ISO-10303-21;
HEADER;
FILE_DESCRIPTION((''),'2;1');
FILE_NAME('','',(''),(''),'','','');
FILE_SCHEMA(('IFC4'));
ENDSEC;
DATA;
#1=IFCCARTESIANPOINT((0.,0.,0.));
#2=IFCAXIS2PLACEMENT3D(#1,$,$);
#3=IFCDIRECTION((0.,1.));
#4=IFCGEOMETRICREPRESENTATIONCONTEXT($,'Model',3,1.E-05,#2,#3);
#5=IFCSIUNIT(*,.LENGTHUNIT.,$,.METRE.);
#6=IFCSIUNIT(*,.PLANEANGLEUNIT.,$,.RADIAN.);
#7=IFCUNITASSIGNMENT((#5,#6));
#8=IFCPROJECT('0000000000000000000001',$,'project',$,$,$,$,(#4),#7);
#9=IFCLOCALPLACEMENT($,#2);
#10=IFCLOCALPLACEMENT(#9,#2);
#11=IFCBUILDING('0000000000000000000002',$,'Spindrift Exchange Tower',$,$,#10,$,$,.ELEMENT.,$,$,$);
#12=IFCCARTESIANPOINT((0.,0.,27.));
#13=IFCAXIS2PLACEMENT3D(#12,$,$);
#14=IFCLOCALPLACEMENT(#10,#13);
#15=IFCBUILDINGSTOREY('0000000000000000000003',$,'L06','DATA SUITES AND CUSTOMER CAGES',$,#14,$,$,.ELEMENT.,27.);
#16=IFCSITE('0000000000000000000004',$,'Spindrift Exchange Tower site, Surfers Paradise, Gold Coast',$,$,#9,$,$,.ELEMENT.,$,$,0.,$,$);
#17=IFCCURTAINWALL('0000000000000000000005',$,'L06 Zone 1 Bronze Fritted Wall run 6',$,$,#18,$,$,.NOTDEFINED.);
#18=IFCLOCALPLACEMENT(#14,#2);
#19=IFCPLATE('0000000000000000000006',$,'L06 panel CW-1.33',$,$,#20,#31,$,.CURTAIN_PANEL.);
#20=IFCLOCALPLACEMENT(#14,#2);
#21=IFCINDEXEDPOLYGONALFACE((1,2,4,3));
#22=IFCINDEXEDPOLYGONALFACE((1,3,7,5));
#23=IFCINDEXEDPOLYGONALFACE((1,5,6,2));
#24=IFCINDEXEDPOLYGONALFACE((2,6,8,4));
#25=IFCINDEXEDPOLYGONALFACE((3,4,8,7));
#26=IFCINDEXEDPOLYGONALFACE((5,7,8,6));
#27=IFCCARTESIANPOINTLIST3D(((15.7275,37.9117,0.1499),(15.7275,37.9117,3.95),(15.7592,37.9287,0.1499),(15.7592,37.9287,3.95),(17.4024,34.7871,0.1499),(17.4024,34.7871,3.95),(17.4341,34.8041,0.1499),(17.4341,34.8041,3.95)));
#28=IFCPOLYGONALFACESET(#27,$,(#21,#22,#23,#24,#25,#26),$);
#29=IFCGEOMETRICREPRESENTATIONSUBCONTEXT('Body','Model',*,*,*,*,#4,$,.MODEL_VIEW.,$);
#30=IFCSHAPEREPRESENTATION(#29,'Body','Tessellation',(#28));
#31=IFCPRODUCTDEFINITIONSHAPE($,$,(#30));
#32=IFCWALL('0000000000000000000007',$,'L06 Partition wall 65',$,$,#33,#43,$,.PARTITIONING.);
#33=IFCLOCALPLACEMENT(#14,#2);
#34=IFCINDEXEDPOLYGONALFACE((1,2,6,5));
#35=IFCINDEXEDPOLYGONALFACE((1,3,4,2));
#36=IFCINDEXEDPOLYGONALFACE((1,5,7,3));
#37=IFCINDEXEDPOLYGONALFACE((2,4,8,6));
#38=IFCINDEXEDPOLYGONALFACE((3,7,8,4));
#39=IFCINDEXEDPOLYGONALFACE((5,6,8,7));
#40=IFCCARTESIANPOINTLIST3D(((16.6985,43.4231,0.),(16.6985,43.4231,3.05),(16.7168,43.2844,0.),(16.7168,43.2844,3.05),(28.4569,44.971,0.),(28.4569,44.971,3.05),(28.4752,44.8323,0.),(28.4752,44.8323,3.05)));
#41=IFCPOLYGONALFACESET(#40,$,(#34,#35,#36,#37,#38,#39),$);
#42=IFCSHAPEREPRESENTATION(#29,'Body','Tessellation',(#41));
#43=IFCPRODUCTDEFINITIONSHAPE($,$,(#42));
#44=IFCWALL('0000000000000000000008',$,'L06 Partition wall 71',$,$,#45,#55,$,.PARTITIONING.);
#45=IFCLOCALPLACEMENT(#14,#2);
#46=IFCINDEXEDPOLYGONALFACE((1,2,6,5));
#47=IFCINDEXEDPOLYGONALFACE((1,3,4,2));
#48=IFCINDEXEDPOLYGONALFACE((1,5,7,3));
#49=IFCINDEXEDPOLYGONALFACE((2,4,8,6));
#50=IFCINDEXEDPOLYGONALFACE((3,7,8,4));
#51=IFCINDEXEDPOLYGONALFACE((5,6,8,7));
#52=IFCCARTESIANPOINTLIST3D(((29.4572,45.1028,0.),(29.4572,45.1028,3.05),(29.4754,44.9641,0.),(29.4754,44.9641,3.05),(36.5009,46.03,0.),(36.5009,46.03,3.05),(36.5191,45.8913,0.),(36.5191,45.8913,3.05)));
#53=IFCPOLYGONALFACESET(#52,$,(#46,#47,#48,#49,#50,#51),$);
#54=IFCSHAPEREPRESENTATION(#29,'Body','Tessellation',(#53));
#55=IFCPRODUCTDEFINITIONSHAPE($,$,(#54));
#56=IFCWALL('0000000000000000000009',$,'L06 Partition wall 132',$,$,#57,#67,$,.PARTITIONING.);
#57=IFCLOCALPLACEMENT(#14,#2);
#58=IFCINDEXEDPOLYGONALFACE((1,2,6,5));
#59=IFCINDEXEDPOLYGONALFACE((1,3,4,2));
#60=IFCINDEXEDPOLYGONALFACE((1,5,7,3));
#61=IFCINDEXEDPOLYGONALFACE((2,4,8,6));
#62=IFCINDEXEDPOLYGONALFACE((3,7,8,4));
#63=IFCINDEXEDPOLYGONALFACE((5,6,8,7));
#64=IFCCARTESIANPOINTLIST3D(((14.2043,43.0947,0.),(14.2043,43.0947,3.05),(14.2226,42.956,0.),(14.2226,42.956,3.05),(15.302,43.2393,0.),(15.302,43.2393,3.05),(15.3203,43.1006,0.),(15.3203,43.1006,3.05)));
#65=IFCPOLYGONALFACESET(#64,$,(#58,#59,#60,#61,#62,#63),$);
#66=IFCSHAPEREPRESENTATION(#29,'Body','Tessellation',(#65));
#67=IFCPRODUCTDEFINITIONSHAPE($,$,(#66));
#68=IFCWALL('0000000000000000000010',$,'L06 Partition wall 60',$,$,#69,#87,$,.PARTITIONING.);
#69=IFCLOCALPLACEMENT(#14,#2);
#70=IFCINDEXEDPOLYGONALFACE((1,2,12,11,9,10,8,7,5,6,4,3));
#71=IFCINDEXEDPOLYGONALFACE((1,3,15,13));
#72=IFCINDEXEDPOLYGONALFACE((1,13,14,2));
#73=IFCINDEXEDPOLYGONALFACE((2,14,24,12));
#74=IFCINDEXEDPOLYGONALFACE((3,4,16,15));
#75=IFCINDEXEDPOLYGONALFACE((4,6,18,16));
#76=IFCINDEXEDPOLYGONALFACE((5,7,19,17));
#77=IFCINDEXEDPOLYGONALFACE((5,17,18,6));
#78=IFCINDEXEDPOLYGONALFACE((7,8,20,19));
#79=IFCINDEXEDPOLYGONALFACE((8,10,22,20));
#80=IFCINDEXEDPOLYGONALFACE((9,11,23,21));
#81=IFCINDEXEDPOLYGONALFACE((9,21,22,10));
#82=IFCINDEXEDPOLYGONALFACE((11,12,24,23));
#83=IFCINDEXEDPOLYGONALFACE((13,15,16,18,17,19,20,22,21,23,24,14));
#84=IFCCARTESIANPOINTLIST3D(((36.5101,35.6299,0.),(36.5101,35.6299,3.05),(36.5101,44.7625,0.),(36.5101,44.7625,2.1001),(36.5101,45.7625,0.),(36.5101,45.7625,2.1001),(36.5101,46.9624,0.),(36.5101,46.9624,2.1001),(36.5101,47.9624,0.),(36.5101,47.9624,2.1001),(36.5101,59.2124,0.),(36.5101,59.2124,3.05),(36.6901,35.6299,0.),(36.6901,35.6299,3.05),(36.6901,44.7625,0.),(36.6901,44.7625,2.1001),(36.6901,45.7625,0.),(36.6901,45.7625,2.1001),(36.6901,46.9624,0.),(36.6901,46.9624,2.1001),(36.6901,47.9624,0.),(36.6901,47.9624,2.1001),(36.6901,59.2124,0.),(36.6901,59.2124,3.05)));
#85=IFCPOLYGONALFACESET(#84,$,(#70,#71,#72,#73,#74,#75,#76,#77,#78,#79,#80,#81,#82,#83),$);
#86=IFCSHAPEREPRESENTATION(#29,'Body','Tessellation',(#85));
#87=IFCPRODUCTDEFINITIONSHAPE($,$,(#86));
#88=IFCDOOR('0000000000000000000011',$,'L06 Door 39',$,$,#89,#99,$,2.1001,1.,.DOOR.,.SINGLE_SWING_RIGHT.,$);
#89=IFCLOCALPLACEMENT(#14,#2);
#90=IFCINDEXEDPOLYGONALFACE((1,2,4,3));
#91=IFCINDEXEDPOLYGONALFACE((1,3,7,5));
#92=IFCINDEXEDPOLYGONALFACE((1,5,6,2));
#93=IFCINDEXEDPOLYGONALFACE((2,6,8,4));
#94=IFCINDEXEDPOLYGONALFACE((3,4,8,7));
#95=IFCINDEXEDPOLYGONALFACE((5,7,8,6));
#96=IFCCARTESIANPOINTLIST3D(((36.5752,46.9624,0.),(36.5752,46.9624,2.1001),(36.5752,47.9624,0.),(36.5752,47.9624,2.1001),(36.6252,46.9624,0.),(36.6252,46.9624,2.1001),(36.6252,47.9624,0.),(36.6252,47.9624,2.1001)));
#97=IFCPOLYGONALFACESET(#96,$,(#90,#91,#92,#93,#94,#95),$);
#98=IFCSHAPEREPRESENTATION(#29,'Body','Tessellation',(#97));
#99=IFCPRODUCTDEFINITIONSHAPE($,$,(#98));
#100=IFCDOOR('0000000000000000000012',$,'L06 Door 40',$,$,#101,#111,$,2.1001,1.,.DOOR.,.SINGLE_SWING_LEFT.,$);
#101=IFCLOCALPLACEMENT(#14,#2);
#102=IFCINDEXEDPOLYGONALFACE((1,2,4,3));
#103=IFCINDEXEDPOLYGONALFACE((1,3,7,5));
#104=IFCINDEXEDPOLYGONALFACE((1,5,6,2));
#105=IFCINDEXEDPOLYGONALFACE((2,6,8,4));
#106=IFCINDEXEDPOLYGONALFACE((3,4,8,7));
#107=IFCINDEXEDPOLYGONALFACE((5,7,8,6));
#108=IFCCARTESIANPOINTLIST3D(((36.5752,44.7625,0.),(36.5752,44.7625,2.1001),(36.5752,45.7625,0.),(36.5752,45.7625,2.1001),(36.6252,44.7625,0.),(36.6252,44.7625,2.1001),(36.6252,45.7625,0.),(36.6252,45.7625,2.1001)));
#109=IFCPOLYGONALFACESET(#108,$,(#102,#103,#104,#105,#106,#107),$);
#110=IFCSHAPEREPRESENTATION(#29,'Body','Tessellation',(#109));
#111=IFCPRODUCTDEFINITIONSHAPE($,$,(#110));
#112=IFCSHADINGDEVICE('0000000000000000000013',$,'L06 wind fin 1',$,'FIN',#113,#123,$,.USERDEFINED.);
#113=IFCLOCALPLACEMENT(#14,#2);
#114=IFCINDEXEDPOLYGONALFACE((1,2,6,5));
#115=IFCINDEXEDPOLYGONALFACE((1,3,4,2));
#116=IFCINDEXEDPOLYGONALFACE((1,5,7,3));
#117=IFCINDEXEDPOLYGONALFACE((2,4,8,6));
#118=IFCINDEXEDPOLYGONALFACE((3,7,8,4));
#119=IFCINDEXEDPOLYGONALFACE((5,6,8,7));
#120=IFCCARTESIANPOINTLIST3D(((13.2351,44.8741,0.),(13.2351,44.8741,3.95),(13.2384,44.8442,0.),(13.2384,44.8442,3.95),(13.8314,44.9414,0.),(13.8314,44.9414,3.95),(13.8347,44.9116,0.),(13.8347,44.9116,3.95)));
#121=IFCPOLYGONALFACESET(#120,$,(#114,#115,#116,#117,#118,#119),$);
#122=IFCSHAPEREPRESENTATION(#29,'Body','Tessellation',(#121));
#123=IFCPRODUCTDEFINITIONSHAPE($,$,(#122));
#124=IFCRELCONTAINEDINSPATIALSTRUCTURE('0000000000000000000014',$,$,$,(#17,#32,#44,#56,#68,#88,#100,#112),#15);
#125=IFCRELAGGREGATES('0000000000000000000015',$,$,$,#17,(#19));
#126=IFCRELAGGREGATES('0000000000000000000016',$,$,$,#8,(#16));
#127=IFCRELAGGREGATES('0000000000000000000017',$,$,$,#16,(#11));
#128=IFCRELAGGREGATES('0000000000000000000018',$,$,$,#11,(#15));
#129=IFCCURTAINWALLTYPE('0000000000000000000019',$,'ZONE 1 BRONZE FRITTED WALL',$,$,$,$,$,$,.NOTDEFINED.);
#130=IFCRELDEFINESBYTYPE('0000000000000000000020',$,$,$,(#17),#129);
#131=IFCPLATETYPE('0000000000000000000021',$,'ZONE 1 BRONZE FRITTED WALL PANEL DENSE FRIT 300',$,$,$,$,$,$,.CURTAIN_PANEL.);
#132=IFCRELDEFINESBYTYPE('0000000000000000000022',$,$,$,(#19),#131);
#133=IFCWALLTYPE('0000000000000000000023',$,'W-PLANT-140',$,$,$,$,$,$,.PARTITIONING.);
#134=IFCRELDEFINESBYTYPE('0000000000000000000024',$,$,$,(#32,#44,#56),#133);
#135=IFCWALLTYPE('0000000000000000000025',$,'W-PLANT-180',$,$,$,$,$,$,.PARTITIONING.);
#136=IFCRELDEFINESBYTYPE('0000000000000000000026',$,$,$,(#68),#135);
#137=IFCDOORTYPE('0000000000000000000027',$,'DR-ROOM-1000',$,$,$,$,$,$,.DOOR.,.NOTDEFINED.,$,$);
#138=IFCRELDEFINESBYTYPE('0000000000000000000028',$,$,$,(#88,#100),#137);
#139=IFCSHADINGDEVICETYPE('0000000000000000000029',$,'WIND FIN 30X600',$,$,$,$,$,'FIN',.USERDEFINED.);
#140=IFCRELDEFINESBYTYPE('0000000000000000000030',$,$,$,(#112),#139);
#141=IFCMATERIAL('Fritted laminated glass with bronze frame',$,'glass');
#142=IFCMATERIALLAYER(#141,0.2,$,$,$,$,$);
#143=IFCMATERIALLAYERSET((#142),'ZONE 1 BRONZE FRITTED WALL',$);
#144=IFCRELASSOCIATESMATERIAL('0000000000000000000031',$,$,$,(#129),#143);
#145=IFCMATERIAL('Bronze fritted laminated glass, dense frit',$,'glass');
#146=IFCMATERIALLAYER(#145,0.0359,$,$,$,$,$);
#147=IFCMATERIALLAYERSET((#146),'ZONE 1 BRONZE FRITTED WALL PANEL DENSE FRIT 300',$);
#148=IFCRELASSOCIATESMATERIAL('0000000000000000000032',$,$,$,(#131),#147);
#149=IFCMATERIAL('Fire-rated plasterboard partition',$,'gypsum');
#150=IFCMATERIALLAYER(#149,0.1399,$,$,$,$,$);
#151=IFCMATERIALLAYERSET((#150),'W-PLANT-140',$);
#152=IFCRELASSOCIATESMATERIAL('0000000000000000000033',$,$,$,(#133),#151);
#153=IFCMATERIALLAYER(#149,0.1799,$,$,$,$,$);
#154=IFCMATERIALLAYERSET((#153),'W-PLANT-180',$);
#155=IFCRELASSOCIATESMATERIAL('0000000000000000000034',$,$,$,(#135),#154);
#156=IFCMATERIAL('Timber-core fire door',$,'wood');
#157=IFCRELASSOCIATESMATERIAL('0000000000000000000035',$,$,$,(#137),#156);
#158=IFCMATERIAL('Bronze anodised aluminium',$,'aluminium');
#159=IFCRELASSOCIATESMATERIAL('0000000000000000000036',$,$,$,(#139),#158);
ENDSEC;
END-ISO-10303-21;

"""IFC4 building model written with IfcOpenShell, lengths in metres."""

from ifc_helpers import new_model, si_unit, direction, frame, frame_2d, origin, origin_2d, place, context, subcontext, project, spatial, rectangle, extrude, source, transform, mapped, material, layer, layer_set, material_profile, profile_set, type_object, element, fill, aggregate, save


model = new_model("IFC4")

# Units and contexts
model_context = context("Model", 3, precision=1e-05, world=origin(), true_north=direction((0.0, 1.0)))
body_context = subcontext(model_context, "Body", "Model", "MODEL_VIEW")
ifc_project = project(units=[si_unit("LENGTHUNIT", "METRE"), si_unit("PLANEANGLEUNIT", "RADIAN")], contexts=[model_context])

# Site, building, storey
site_placement = place(None, origin())
site = spatial("IfcSite", under=ifc_project, at=site_placement, Name="Spindrift Exchange Tower site, Surfers Paradise, Gold Coast", CompositionType="ELEMENT", RefElevation=0.0)
building_placement = place(site_placement, origin())
building = spatial("IfcBuilding", under=site, at=building_placement, Name="Spindrift Exchange Tower", CompositionType="ELEMENT")
storey_placement = place(building_placement, frame((0.0, 0.0, 27.0)))
storey = spatial("IfcBuildingStorey", under=building, at=storey_placement, Name="L06", Description="DATA SUITES AND CUSTOMER CAGES", CompositionType="ELEMENT", Elevation=27.0)

# Shared definitions
ifc_material_1 = material(Name="Fritted laminated glass with bronze frame", Category="glass")
ifc_layer_1 = layer(ifc_material_1, 0.2)
ifc_layer_set_1 = layer_set([ifc_layer_1], Name="ZONE 1 BRONZE FRITTED WALL")
curtain_wall_type = type_object("IfcCurtainWallType", Name="ZONE 1 BRONZE FRITTED WALL", PredefinedType="NOTDEFINED", material=ifc_layer_set_1)
ifc_material_2 = material(Name="Bronze anodised aluminium", Category="aluminium")

# Curtain wall
curtain_wall_1_placement = place(storey_placement, origin())
curtain_wall_1 = element("IfcCurtainWall", 1, at=curtain_wall_1_placement, inside=storey, type_object=curtain_wall_type, Name="L06 Zone 1 Bronze Fritted Wall run 6", PredefinedType="NOTDEFINED")

# Plate
ifc_material_3 = material(Name="Bronze fritted laminated glass, dense frit", Category="glass")
ifc_layer_2 = layer(ifc_material_3, 0.0359)
ifc_layer_set_2 = layer_set([ifc_layer_2], Name="ZONE 1 BRONZE FRITTED WALL PANEL DENSE FRIT 300")
plate_type_1 = type_object("IfcPlateType", Name="ZONE 1 BRONZE FRITTED WALL PANEL DENSE FRIT 300", PredefinedType="CURTAIN_PANEL", material=ifc_layer_set_2)
shared_shape_1 = source(origin(), body_context, "Body", "SweptSolid", [
    extrude(rectangle(XDim=3.5452, YDim=0.0359, at=origin_2d()), origin(), (0.0, 0.0, 1.0), 3.8),
])
plate_1_placement = place(storey_placement, frame((16.5808, 36.3579, 0.1499), z_axis=(0.0, 0.0, 1.0), x_axis=(0.472445, -0.88136, 0.0)))
plate_1 = element("IfcPlate", 2, at=plate_1_placement, type_object=plate_type_1, Name="L06 panel CW-1.33", PredefinedType="CURTAIN_PANEL", context=body_context, shape_type="MappedRepresentation", body=[
    mapped(shared_shape_1, transform((0.0, 0.0, 0.0), scale=1.0)),
])
aggregate(curtain_wall_1, [plate_1])

# Walls
ifc_material_4 = material(Name="Fire-rated plasterboard partition", Category="gypsum")
ifc_layer_3 = layer(ifc_material_4, 0.1399)
ifc_layer_set_3 = layer_set([ifc_layer_3], Name="W-PLANT-140")
wall_type_1 = type_object("IfcWallType", Name="W-PLANT-140", PredefinedType="PARTITIONING", material=ifc_layer_set_3)
wall_1_placement = place(storey_placement, frame((28.4661, 44.9016, 0.0), z_axis=(0.0, 0.0, 1.0), x_axis=(-0.991447, -0.130513, 0.0)))
element("IfcWall", 3, at=wall_1_placement, inside=storey, type_object=wall_type_1, Name="L06 Partition wall 65", PredefinedType="PARTITIONING", context=body_context, shape_type="SweptSolid", body=[
    extrude(rectangle(XDim=11.8599, YDim=0.1399, at=frame_2d((5.9299, 0.0))), origin(), (0.0, 0.0, 1.0), 3.05),
])
wall_2_placement = place(storey_placement, frame((36.51, 45.9607, 0.0), z_axis=(0.0, 0.0, 1.0), x_axis=(-0.991446, -0.130516, 0.0)))
element("IfcWall", 4, at=wall_2_placement, inside=storey, type_object=wall_type_1, Name="L06 Partition wall 71", PredefinedType="PARTITIONING", context=body_context, shape_type="SweptSolid", body=[
    extrude(rectangle(XDim=7.1045, YDim=0.1399, at=frame_2d((3.5522, 0.0))), origin(), (0.0, 0.0, 1.0), 3.05),
])
wall_3_placement = place(storey_placement, frame((15.3113, 43.1699, 0.0), z_axis=(0.0, 0.0, 1.0), x_axis=(-0.991442, -0.130546, 0.0)))
element("IfcWall", 5, at=wall_3_placement, inside=storey, type_object=wall_type_1, Name="L06 Partition wall 132", PredefinedType="PARTITIONING", context=body_context, shape_type="SweptSolid", body=[
    extrude(rectangle(XDim=1.1072, YDim=0.1399, at=frame_2d((0.5537, 0.0))), origin(), (0.0, 0.0, 1.0), 3.05),
])

# Wall, openings, doors
ifc_layer_4 = layer(ifc_material_4, 0.1799)
ifc_layer_set_4 = layer_set([ifc_layer_4], Name="W-PLANT-180")
wall_type_2 = type_object("IfcWallType", Name="W-PLANT-180", PredefinedType="PARTITIONING", material=ifc_layer_set_4)
wall_4_placement = place(storey_placement, frame((36.6001, 35.6299, 0.0), z_axis=(0.0, 0.0, 1.0), x_axis=(0.0, 1.0, 0.0)))
wall_4 = element("IfcWall", 6, at=wall_4_placement, inside=storey, type_object=wall_type_2, Name="L06 Partition wall 60", PredefinedType="PARTITIONING", context=body_context, shape_type="SweptSolid", body=[
    extrude(rectangle(XDim=23.5825, YDim=0.1799, at=frame_2d((11.7913, 0.0))), origin(), (0.0, 0.0, 1.0), 3.05),
])
opening_1_placement = place(wall_4_placement, frame((11.3325, 0.0, 0.0)))
opening_1 = element("IfcOpeningElement", 7, at=opening_1_placement, cuts=wall_4, PredefinedType="OPENING", context=body_context, shape_type="SweptSolid", body=[
    extrude(rectangle(XDim=1.0, YDim=2.1001, at=frame_2d((0.5, 1.05))), frame((0.0, 0.0999, 0.0), z_axis=(0.0, -1.0, 0.0), x_axis=(1.0, 0.0, 0.0)), (0.0, 0.0, 1.0), 0.2),
])
opening_2_placement = place(wall_4_placement, frame((9.1326, 0.0, 0.0)))
opening_2 = element("IfcOpeningElement", 8, at=opening_2_placement, cuts=wall_4, PredefinedType="OPENING", context=body_context, shape_type="SweptSolid", body=[
    extrude(rectangle(XDim=1.0, YDim=2.1001, at=frame_2d((0.5, 1.05))), frame((0.0, 0.0999, 0.0), z_axis=(0.0, -1.0, 0.0), x_axis=(1.0, 0.0, 0.0)), (0.0, 0.0, 1.0), 0.2),
])
ifc_material_5 = material(Name="Timber-core fire door", Category="wood")
door_type = type_object("IfcDoorType", Name="DR-ROOM-1000", OperationType="NOTDEFINED", PredefinedType="DOOR", material=ifc_material_5)
shared_shape_2 = source(origin(), body_context, "Body", "SweptSolid", [
    extrude(rectangle(XDim=1.0, YDim=2.1001, at=frame_2d((0.5, 1.05))), frame((0.0, 0.0249, 0.0), z_axis=(0.0, -1.0, 0.0), x_axis=(1.0, 0.0, 0.0)), (0.0, 0.0, 1.0), 0.05),
])
door_1_placement = place(opening_1_placement, origin())
door_1 = element("IfcDoor", 9, at=door_1_placement, inside=storey, type_object=door_type, Name="L06 Door 39", OperationType="SINGLE_SWING_RIGHT", OverallHeight=2.1001, OverallWidth=1.0, PredefinedType="DOOR", context=body_context, shape_type="MappedRepresentation", body=[
    mapped(shared_shape_2, transform((0.0, 0.0, 0.0), scale=1.0)),
])
fill(opening_1, door_1)
door_2_placement = place(opening_2_placement, origin())
door_2 = element("IfcDoor", 10, at=door_2_placement, inside=storey, type_object=door_type, Name="L06 Door 40", OperationType="SINGLE_SWING_LEFT", OverallHeight=2.1001, OverallWidth=1.0, PredefinedType="DOOR", context=body_context, shape_type="MappedRepresentation", body=[
    mapped(shared_shape_2, transform((0.0, 0.0, 0.0), scale=1.0)),
])
fill(opening_2, door_2)

# Shading device
ifc_material_profile_1 = material_profile(ifc_material_2, rectangle(XDim=0.03, YDim=0.6001, at=origin_2d()), Name="WIND FIN 30X600")
ifc_profile_set_1 = profile_set([ifc_material_profile_1], Name="Bronze anodised aluminium")
shading_device_type = type_object("IfcShadingDeviceType", Name="WIND FIN 30X600", ElementType="FIN", PredefinedType="USERDEFINED", material=ifc_profile_set_1)
shared_shape_3 = source(origin(), body_context, "Body", "SweptSolid", [
    extrude(rectangle(XDim=0.03, YDim=0.6001, at=origin_2d()), origin(), (0.0, 0.0, 1.0), 3.95),
])
shading_device_placement = place(storey_placement, frame((13.5349, 44.8928, 0.0), z_axis=(0.0, 0.0, 1.0), x_axis=(0.112274, -0.993677, 0.0)))
element("IfcShadingDevice", 11, at=shading_device_placement, inside=storey, type_object=shading_device_type, Name="L06 wind fin 1", ObjectType="FIN", PredefinedType="USERDEFINED", context=body_context, shape_type="MappedRepresentation", body=[
    mapped(shared_shape_3, transform((0.0, 0.0, 0.0), scale=1.0)),
])

save(model, "model.ifc")
